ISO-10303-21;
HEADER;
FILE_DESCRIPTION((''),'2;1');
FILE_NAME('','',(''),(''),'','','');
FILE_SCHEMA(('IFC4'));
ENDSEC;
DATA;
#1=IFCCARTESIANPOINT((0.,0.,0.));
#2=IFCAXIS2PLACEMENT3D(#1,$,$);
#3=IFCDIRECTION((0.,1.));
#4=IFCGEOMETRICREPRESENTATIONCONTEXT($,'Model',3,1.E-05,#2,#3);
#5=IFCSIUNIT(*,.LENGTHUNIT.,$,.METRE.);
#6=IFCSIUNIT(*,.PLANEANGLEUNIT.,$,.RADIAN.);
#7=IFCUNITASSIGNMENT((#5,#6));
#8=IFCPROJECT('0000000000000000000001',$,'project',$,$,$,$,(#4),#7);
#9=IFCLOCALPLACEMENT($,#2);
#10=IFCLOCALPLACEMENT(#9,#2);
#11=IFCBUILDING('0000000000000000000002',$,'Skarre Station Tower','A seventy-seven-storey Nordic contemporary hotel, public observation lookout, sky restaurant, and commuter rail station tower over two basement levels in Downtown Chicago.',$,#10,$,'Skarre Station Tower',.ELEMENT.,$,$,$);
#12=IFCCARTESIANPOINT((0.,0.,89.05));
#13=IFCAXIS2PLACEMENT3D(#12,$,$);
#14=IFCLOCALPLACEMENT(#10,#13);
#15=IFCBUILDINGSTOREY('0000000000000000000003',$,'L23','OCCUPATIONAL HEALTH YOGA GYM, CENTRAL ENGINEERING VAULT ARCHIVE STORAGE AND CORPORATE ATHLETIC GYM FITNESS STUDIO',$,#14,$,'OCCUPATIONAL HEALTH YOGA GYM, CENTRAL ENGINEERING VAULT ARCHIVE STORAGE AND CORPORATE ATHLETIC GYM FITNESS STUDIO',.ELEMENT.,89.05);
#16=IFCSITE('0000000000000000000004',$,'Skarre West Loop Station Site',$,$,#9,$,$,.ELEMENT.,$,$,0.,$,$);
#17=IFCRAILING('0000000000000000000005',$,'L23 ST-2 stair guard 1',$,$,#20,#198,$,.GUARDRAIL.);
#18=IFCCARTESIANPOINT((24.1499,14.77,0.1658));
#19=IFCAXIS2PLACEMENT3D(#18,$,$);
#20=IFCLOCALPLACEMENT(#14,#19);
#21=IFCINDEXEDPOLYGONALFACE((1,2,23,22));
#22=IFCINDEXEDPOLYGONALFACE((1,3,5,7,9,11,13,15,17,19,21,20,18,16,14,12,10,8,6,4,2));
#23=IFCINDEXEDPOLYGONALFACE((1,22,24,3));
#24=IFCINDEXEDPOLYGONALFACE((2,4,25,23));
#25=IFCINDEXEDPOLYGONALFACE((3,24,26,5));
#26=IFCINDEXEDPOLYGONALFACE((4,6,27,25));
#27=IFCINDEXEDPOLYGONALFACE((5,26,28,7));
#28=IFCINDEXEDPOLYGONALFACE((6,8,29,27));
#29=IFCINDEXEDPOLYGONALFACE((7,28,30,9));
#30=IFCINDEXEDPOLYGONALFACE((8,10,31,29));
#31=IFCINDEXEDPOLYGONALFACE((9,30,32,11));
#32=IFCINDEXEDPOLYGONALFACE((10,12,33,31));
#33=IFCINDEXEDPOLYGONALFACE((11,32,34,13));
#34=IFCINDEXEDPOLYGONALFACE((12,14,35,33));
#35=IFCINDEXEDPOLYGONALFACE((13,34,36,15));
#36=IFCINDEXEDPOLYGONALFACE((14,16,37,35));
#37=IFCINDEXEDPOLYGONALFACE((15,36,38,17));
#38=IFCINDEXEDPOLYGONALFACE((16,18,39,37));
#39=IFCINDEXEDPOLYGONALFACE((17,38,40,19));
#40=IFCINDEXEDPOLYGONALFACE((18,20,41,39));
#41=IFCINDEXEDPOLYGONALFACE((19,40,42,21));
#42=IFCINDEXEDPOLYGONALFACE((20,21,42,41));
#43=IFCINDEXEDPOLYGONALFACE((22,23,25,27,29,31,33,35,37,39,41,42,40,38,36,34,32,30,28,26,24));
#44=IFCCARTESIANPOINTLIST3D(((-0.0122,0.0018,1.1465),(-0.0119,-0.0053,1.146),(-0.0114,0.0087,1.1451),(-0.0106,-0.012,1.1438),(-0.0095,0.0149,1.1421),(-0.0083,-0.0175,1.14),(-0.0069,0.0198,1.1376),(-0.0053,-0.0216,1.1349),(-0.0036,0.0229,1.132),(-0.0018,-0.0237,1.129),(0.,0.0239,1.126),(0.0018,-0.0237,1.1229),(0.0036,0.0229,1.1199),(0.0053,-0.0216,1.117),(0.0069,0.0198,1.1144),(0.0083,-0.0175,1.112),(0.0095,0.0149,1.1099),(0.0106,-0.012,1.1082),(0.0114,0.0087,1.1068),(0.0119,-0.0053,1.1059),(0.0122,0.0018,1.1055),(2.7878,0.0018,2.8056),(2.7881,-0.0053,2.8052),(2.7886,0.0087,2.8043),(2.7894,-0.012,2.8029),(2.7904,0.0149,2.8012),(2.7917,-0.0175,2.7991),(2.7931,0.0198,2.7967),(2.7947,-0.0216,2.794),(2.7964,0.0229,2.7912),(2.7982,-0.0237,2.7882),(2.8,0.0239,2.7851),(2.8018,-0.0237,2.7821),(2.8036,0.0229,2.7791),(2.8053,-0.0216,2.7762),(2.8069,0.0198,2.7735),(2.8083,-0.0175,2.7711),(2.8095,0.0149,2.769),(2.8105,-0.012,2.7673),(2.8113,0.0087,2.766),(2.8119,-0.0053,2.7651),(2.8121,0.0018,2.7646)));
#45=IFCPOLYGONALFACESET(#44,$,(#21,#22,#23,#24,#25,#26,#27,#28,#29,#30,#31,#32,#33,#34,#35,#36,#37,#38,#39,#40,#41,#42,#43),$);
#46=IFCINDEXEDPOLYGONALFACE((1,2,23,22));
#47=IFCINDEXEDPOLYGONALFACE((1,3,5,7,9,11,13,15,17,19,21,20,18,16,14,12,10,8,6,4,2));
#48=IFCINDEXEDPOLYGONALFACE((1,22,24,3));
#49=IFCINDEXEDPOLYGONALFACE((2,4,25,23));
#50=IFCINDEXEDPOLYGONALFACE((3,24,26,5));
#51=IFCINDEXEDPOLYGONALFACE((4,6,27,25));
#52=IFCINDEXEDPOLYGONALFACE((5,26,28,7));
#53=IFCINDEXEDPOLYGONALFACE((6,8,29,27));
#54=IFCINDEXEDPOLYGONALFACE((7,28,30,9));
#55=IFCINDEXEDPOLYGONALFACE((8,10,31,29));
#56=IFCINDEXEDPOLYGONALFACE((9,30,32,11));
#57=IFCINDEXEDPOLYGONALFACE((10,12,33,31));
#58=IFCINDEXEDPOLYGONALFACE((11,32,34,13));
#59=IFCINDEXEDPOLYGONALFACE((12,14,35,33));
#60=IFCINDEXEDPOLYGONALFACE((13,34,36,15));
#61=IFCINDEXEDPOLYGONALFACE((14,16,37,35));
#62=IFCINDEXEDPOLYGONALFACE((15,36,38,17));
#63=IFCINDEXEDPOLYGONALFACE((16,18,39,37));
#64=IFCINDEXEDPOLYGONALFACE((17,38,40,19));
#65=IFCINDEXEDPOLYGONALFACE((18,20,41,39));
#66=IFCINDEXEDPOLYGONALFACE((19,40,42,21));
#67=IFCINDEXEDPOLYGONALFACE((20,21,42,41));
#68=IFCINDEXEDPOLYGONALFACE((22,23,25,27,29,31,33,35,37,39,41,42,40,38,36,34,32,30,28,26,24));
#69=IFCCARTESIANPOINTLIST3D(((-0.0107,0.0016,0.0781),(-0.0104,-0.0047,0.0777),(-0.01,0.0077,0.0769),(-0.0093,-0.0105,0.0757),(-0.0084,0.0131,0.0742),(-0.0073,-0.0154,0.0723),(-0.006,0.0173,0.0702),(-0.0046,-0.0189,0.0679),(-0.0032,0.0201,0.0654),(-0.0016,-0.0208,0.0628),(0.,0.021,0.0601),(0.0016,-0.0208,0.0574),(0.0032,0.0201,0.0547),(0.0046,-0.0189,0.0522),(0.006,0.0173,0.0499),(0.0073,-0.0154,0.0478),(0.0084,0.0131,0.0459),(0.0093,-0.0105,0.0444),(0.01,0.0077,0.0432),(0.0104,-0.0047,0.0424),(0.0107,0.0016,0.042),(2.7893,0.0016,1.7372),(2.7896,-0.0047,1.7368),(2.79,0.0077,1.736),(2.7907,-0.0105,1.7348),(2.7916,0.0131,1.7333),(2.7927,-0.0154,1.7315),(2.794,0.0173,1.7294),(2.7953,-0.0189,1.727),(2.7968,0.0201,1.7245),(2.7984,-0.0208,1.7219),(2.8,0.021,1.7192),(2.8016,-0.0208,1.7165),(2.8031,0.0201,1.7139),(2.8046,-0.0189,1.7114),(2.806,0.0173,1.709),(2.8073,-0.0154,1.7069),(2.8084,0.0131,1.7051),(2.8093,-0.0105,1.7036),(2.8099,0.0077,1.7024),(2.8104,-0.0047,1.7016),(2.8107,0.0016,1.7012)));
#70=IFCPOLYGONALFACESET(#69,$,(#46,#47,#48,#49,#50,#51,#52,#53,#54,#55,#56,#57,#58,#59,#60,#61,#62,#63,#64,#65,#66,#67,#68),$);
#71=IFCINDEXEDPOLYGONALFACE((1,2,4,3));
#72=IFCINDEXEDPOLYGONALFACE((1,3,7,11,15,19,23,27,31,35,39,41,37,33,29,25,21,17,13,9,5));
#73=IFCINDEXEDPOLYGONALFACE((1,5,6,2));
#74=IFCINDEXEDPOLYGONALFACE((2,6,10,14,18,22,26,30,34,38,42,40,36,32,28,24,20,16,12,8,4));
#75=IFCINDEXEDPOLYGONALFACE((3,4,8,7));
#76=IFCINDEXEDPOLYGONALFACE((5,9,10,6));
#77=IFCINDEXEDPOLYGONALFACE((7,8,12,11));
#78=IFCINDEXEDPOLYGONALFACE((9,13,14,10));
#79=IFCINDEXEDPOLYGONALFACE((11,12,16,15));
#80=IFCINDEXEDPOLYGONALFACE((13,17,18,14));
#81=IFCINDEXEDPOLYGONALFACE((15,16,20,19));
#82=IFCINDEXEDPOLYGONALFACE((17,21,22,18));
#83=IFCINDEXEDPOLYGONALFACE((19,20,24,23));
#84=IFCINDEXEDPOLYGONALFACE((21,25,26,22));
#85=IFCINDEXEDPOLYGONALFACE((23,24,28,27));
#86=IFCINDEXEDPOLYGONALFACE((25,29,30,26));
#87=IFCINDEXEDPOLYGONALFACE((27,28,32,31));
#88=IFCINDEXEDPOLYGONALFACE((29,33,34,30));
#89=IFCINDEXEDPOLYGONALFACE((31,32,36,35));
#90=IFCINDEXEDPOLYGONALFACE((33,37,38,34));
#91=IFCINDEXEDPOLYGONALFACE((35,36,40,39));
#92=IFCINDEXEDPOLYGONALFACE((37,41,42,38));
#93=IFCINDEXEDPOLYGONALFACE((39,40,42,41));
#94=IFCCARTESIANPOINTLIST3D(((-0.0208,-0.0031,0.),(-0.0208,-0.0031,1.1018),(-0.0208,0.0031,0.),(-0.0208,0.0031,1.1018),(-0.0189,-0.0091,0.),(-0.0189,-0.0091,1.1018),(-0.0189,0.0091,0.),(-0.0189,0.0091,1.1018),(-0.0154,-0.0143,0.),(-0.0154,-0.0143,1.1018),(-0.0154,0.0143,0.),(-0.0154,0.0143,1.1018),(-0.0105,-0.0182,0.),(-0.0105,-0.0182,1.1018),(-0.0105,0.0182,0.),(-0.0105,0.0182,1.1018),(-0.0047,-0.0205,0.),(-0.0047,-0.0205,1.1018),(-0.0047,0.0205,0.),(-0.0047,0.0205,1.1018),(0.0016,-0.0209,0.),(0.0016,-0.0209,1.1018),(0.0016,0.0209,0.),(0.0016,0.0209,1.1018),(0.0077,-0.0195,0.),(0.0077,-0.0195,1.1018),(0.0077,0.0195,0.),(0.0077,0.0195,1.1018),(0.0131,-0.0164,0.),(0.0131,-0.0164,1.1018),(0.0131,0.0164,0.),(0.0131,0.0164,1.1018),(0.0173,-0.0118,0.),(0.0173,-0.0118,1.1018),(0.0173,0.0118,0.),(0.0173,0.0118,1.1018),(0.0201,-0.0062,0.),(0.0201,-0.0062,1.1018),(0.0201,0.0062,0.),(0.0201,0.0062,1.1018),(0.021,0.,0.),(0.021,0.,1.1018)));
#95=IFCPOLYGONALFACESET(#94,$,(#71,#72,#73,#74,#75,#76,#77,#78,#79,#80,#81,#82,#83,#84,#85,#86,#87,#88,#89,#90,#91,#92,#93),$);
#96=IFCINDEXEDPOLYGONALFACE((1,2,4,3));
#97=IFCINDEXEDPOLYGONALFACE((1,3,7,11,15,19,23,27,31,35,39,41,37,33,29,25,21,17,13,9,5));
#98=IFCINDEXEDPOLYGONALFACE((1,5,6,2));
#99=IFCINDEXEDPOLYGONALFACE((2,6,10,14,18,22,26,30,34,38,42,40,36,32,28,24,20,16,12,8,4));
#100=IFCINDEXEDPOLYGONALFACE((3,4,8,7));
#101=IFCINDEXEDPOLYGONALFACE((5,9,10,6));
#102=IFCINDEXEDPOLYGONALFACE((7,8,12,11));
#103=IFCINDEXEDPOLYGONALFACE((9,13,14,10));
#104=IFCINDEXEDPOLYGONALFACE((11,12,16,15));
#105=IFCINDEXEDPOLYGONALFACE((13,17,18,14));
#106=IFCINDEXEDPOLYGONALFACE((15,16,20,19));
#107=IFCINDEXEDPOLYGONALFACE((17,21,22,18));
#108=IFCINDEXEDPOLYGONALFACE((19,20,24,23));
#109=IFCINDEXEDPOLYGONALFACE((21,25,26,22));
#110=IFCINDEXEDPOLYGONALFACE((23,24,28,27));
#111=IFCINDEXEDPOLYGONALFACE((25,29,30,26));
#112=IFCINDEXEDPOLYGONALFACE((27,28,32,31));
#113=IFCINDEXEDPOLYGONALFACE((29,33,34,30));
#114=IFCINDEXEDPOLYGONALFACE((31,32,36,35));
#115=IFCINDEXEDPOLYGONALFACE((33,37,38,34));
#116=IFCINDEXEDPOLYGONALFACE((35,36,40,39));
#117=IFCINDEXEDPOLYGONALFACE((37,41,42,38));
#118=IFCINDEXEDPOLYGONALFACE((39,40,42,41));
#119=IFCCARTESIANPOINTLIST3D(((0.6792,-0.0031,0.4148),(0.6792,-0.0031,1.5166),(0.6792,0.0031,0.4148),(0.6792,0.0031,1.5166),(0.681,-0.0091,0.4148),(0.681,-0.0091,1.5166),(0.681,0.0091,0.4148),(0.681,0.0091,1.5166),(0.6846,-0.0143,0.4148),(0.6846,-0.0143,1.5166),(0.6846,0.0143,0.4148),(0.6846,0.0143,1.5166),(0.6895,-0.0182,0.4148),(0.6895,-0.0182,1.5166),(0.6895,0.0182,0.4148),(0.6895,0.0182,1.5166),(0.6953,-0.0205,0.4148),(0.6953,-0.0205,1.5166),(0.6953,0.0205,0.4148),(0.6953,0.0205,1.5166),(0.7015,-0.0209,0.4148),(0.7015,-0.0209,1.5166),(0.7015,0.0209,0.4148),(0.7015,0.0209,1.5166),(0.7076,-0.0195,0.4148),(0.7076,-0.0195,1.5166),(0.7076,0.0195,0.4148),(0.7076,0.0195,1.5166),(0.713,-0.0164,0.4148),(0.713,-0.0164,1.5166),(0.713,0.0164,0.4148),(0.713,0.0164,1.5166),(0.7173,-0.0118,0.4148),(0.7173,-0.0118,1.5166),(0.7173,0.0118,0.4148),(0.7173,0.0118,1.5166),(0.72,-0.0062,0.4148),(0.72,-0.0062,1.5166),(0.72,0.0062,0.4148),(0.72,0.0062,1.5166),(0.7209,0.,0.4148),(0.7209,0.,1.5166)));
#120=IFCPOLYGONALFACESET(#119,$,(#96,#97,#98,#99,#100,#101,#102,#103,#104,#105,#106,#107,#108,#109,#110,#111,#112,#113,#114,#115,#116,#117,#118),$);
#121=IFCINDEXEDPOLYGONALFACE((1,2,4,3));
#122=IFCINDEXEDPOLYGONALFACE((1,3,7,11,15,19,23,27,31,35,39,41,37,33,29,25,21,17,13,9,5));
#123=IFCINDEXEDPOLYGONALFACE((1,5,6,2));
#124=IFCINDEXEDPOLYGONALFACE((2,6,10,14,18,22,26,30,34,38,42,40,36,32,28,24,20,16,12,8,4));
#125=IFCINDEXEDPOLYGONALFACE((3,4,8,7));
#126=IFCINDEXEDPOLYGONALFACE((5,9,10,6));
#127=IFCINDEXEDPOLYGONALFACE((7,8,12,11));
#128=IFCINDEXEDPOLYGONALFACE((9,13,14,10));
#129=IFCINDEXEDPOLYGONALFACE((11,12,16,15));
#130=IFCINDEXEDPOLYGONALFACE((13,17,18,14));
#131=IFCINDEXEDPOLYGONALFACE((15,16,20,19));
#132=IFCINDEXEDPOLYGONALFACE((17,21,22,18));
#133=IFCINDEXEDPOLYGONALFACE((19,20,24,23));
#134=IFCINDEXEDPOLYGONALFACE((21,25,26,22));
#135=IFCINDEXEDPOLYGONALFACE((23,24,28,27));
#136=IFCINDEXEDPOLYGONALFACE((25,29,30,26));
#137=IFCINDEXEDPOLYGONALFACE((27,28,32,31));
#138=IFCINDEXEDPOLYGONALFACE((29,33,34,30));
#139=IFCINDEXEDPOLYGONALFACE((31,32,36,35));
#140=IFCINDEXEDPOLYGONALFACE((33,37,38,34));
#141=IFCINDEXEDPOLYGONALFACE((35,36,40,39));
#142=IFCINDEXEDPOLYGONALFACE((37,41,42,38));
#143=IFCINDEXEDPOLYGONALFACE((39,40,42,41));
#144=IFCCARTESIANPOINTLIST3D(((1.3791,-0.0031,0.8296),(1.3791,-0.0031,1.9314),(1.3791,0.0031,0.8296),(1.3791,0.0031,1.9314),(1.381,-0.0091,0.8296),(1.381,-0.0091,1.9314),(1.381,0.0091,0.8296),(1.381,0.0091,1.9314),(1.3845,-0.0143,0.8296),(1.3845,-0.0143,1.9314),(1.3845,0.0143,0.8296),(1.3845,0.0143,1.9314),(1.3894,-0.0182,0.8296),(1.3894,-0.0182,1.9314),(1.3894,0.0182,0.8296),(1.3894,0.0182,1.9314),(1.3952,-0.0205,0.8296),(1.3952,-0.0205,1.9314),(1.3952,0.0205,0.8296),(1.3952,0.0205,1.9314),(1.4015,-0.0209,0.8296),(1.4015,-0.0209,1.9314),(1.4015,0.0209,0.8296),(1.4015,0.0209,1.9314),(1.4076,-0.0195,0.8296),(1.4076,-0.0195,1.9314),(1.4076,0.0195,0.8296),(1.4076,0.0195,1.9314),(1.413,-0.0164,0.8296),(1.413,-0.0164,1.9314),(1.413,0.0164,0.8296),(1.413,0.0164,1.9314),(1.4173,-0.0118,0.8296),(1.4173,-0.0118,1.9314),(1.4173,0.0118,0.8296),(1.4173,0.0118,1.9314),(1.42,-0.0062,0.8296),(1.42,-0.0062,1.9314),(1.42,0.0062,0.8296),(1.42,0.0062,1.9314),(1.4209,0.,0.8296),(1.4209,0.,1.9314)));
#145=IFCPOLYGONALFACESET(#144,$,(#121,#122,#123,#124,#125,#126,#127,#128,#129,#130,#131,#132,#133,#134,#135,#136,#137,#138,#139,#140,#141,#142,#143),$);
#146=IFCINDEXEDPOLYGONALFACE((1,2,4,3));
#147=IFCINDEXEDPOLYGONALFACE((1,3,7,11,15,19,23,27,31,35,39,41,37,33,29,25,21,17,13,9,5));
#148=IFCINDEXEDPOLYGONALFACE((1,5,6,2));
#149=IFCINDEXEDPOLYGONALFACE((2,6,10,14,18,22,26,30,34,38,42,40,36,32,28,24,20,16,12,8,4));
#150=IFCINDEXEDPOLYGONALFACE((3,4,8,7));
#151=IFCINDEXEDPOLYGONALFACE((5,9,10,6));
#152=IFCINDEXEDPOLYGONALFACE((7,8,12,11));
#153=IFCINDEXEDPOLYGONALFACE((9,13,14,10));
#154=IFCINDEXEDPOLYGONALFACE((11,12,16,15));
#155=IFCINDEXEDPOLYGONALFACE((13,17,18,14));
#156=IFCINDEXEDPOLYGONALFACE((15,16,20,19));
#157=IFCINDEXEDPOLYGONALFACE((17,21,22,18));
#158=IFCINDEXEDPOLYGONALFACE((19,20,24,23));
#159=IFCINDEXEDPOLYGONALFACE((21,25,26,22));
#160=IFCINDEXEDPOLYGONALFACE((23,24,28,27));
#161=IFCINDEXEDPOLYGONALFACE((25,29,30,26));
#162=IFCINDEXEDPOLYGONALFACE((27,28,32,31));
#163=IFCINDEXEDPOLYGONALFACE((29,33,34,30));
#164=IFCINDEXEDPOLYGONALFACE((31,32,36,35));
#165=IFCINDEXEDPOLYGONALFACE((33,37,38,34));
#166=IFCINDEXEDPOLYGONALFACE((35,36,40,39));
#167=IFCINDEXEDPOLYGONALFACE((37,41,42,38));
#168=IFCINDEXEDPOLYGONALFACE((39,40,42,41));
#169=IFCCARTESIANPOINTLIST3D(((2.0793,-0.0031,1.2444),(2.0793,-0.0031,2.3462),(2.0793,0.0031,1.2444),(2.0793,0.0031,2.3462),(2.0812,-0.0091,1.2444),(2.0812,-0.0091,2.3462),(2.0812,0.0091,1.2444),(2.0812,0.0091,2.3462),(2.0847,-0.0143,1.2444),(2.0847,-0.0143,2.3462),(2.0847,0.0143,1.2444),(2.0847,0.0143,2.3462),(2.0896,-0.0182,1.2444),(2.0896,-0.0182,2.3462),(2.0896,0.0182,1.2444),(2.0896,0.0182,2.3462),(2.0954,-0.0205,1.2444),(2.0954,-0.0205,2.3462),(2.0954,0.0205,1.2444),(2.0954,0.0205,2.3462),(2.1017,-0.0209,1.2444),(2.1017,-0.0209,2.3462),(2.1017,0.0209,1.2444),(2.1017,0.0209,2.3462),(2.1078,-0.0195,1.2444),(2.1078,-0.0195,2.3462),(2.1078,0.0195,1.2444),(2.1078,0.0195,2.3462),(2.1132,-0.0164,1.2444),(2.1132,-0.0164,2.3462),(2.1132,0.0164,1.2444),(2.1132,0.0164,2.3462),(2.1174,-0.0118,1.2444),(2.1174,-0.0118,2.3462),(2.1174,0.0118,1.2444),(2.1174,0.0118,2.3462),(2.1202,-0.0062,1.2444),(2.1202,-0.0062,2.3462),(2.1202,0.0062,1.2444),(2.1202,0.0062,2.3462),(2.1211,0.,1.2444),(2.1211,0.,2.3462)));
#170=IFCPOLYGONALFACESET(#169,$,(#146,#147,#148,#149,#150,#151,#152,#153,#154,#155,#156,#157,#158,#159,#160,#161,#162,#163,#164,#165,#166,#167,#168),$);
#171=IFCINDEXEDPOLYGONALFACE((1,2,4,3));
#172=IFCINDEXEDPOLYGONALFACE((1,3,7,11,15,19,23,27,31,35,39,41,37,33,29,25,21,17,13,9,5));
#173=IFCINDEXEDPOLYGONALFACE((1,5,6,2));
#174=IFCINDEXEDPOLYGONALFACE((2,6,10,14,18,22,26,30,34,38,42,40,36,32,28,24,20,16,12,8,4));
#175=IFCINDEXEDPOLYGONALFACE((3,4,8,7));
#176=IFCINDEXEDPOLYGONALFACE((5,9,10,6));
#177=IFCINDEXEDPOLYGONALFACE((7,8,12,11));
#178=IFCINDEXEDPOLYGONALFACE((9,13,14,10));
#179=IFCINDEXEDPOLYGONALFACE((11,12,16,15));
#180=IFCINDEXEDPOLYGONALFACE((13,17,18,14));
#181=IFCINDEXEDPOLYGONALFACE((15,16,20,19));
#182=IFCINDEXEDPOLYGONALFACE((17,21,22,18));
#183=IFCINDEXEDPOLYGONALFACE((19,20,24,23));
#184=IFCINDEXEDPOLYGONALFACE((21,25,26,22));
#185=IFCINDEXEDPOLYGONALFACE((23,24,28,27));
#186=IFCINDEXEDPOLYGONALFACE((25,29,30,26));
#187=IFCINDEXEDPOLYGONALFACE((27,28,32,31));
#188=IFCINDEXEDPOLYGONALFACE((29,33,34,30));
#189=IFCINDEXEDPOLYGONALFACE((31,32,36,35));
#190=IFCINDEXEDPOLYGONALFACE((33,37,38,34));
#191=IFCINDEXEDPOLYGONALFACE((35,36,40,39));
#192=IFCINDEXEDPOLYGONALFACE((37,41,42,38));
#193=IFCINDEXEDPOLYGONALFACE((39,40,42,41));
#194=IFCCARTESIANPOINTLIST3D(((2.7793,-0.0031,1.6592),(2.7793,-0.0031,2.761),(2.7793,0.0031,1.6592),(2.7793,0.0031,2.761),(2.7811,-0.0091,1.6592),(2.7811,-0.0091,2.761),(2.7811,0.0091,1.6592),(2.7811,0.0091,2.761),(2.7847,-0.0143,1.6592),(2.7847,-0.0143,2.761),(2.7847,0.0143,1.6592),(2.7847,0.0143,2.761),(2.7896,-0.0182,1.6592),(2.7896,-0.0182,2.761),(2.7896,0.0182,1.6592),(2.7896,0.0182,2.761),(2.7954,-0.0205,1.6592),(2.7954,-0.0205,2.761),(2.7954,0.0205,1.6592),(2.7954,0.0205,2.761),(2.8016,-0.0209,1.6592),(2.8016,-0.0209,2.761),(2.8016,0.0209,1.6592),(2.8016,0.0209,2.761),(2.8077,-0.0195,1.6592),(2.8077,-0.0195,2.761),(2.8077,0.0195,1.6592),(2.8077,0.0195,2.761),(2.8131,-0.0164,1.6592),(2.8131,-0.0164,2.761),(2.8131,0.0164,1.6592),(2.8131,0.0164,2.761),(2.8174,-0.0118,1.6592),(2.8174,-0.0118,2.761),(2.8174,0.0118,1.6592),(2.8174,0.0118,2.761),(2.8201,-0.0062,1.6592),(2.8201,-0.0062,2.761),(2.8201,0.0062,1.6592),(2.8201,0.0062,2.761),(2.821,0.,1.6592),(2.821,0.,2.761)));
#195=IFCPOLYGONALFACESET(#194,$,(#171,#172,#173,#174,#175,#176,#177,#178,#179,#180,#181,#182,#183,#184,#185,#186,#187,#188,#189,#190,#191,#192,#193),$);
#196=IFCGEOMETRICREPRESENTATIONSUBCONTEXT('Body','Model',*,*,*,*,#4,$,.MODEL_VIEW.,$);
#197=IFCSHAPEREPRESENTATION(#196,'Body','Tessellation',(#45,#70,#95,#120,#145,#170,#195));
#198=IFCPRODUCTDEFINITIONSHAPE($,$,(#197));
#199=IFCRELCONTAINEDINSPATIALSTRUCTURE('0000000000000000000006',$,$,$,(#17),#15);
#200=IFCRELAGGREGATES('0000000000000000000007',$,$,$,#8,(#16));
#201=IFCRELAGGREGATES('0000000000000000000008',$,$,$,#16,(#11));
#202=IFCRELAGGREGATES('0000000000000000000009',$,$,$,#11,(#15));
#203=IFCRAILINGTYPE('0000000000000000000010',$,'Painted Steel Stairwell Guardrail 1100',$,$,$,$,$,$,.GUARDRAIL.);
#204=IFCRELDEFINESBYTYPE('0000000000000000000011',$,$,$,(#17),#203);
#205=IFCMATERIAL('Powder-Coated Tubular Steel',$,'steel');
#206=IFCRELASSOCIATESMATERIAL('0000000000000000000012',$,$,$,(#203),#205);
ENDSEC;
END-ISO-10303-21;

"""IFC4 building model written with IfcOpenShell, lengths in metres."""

from ifc_helpers import new_model, si_unit, direction, frame, origin, origin_2d, place, context, subcontext, project, spatial, circle, extrude, material, type_object, element, save


model = new_model("IFC4")

# Units and contexts
model_context = context("Model", 3, precision=1e-05, world=origin(), true_north=direction((0.0, 1.0)))
body_context = subcontext(model_context, "Body", "Model", "MODEL_VIEW")
ifc_project = project(units=[si_unit("LENGTHUNIT", "METRE"), si_unit("PLANEANGLEUNIT", "RADIAN")], contexts=[model_context])

# Site, building, storey
site_placement = place(None, origin())
site = spatial("IfcSite", under=ifc_project, at=site_placement, Name="Skarre West Loop Station Site", CompositionType="ELEMENT", RefElevation=0.0)
building_placement = place(site_placement, origin())
building = spatial("IfcBuilding", under=site, at=building_placement, Name="Skarre Station Tower", Description="A seventy-seven-storey Nordic contemporary hotel, public observation lookout, sky restaurant, and commuter rail station tower over two basement levels in Downtown Chicago.", LongName="Skarre Station Tower", CompositionType="ELEMENT")
storey_placement = place(building_placement, frame((0.0, 0.0, 89.05)))
storey = spatial("IfcBuildingStorey", under=building, at=storey_placement, Name="L23", Description="OCCUPATIONAL HEALTH YOGA GYM, CENTRAL ENGINEERING VAULT ARCHIVE STORAGE AND CORPORATE ATHLETIC GYM FITNESS STUDIO", LongName="OCCUPATIONAL HEALTH YOGA GYM, CENTRAL ENGINEERING VAULT ARCHIVE STORAGE AND CORPORATE ATHLETIC GYM FITNESS STUDIO", CompositionType="ELEMENT", Elevation=89.05)

# Railing
ifc_material_1 = material(Name="Powder-Coated Tubular Steel", Category="steel")
railing_type_1 = type_object("IfcRailingType", Name="Painted Steel Stairwell Guardrail 1100", PredefinedType="GUARDRAIL", material=ifc_material_1)
railing_1_placement = place(storey_placement, frame((24.1499, 14.77, 0.1658)))
element("IfcRailing", 1, at=railing_1_placement, inside=storey, type_object=railing_type_1, Name="L23 ST-2 stair guard 1", PredefinedType="GUARDRAIL", context=body_context, shape_type="SweptSolid", body=[
    extrude(circle(Radius=0.0239, at=origin_2d()), frame((0.0, 0.0, 1.126), z_axis=(0.860306, 0.0, 0.509778), x_axis=(0.0, 1.0, 0.0)), (0.0, 0.0, 1.0), 3.2546),
    extrude(circle(Radius=0.021, at=origin_2d()), frame((0.0, 0.0, 0.0601), z_axis=(0.860306, 0.0, 0.509778), x_axis=(0.0, 1.0, 0.0)), (0.0, 0.0, 1.0), 3.2546),
    extrude(circle(Radius=0.021, at=origin_2d()), origin(), (0.0, 0.0, 1.0), 1.1018),
    extrude(circle(Radius=0.021, at=origin_2d()), frame((0.7, 0.0, 0.4148)), (0.0, 0.0, 1.0), 1.1018),
    extrude(circle(Radius=0.021, at=origin_2d()), frame((1.3999, 0.0, 0.8296)), (0.0, 0.0, 1.0), 1.1018),
    extrude(circle(Radius=0.021, at=origin_2d()), frame((2.1001, 0.0, 1.2444)), (0.0, 0.0, 1.0), 1.1018),
    extrude(circle(Radius=0.021, at=origin_2d()), frame((2.8, 0.0, 1.6592)), (0.0, 0.0, 1.0), 1.1018),
])

save(model, "model.ifc")
